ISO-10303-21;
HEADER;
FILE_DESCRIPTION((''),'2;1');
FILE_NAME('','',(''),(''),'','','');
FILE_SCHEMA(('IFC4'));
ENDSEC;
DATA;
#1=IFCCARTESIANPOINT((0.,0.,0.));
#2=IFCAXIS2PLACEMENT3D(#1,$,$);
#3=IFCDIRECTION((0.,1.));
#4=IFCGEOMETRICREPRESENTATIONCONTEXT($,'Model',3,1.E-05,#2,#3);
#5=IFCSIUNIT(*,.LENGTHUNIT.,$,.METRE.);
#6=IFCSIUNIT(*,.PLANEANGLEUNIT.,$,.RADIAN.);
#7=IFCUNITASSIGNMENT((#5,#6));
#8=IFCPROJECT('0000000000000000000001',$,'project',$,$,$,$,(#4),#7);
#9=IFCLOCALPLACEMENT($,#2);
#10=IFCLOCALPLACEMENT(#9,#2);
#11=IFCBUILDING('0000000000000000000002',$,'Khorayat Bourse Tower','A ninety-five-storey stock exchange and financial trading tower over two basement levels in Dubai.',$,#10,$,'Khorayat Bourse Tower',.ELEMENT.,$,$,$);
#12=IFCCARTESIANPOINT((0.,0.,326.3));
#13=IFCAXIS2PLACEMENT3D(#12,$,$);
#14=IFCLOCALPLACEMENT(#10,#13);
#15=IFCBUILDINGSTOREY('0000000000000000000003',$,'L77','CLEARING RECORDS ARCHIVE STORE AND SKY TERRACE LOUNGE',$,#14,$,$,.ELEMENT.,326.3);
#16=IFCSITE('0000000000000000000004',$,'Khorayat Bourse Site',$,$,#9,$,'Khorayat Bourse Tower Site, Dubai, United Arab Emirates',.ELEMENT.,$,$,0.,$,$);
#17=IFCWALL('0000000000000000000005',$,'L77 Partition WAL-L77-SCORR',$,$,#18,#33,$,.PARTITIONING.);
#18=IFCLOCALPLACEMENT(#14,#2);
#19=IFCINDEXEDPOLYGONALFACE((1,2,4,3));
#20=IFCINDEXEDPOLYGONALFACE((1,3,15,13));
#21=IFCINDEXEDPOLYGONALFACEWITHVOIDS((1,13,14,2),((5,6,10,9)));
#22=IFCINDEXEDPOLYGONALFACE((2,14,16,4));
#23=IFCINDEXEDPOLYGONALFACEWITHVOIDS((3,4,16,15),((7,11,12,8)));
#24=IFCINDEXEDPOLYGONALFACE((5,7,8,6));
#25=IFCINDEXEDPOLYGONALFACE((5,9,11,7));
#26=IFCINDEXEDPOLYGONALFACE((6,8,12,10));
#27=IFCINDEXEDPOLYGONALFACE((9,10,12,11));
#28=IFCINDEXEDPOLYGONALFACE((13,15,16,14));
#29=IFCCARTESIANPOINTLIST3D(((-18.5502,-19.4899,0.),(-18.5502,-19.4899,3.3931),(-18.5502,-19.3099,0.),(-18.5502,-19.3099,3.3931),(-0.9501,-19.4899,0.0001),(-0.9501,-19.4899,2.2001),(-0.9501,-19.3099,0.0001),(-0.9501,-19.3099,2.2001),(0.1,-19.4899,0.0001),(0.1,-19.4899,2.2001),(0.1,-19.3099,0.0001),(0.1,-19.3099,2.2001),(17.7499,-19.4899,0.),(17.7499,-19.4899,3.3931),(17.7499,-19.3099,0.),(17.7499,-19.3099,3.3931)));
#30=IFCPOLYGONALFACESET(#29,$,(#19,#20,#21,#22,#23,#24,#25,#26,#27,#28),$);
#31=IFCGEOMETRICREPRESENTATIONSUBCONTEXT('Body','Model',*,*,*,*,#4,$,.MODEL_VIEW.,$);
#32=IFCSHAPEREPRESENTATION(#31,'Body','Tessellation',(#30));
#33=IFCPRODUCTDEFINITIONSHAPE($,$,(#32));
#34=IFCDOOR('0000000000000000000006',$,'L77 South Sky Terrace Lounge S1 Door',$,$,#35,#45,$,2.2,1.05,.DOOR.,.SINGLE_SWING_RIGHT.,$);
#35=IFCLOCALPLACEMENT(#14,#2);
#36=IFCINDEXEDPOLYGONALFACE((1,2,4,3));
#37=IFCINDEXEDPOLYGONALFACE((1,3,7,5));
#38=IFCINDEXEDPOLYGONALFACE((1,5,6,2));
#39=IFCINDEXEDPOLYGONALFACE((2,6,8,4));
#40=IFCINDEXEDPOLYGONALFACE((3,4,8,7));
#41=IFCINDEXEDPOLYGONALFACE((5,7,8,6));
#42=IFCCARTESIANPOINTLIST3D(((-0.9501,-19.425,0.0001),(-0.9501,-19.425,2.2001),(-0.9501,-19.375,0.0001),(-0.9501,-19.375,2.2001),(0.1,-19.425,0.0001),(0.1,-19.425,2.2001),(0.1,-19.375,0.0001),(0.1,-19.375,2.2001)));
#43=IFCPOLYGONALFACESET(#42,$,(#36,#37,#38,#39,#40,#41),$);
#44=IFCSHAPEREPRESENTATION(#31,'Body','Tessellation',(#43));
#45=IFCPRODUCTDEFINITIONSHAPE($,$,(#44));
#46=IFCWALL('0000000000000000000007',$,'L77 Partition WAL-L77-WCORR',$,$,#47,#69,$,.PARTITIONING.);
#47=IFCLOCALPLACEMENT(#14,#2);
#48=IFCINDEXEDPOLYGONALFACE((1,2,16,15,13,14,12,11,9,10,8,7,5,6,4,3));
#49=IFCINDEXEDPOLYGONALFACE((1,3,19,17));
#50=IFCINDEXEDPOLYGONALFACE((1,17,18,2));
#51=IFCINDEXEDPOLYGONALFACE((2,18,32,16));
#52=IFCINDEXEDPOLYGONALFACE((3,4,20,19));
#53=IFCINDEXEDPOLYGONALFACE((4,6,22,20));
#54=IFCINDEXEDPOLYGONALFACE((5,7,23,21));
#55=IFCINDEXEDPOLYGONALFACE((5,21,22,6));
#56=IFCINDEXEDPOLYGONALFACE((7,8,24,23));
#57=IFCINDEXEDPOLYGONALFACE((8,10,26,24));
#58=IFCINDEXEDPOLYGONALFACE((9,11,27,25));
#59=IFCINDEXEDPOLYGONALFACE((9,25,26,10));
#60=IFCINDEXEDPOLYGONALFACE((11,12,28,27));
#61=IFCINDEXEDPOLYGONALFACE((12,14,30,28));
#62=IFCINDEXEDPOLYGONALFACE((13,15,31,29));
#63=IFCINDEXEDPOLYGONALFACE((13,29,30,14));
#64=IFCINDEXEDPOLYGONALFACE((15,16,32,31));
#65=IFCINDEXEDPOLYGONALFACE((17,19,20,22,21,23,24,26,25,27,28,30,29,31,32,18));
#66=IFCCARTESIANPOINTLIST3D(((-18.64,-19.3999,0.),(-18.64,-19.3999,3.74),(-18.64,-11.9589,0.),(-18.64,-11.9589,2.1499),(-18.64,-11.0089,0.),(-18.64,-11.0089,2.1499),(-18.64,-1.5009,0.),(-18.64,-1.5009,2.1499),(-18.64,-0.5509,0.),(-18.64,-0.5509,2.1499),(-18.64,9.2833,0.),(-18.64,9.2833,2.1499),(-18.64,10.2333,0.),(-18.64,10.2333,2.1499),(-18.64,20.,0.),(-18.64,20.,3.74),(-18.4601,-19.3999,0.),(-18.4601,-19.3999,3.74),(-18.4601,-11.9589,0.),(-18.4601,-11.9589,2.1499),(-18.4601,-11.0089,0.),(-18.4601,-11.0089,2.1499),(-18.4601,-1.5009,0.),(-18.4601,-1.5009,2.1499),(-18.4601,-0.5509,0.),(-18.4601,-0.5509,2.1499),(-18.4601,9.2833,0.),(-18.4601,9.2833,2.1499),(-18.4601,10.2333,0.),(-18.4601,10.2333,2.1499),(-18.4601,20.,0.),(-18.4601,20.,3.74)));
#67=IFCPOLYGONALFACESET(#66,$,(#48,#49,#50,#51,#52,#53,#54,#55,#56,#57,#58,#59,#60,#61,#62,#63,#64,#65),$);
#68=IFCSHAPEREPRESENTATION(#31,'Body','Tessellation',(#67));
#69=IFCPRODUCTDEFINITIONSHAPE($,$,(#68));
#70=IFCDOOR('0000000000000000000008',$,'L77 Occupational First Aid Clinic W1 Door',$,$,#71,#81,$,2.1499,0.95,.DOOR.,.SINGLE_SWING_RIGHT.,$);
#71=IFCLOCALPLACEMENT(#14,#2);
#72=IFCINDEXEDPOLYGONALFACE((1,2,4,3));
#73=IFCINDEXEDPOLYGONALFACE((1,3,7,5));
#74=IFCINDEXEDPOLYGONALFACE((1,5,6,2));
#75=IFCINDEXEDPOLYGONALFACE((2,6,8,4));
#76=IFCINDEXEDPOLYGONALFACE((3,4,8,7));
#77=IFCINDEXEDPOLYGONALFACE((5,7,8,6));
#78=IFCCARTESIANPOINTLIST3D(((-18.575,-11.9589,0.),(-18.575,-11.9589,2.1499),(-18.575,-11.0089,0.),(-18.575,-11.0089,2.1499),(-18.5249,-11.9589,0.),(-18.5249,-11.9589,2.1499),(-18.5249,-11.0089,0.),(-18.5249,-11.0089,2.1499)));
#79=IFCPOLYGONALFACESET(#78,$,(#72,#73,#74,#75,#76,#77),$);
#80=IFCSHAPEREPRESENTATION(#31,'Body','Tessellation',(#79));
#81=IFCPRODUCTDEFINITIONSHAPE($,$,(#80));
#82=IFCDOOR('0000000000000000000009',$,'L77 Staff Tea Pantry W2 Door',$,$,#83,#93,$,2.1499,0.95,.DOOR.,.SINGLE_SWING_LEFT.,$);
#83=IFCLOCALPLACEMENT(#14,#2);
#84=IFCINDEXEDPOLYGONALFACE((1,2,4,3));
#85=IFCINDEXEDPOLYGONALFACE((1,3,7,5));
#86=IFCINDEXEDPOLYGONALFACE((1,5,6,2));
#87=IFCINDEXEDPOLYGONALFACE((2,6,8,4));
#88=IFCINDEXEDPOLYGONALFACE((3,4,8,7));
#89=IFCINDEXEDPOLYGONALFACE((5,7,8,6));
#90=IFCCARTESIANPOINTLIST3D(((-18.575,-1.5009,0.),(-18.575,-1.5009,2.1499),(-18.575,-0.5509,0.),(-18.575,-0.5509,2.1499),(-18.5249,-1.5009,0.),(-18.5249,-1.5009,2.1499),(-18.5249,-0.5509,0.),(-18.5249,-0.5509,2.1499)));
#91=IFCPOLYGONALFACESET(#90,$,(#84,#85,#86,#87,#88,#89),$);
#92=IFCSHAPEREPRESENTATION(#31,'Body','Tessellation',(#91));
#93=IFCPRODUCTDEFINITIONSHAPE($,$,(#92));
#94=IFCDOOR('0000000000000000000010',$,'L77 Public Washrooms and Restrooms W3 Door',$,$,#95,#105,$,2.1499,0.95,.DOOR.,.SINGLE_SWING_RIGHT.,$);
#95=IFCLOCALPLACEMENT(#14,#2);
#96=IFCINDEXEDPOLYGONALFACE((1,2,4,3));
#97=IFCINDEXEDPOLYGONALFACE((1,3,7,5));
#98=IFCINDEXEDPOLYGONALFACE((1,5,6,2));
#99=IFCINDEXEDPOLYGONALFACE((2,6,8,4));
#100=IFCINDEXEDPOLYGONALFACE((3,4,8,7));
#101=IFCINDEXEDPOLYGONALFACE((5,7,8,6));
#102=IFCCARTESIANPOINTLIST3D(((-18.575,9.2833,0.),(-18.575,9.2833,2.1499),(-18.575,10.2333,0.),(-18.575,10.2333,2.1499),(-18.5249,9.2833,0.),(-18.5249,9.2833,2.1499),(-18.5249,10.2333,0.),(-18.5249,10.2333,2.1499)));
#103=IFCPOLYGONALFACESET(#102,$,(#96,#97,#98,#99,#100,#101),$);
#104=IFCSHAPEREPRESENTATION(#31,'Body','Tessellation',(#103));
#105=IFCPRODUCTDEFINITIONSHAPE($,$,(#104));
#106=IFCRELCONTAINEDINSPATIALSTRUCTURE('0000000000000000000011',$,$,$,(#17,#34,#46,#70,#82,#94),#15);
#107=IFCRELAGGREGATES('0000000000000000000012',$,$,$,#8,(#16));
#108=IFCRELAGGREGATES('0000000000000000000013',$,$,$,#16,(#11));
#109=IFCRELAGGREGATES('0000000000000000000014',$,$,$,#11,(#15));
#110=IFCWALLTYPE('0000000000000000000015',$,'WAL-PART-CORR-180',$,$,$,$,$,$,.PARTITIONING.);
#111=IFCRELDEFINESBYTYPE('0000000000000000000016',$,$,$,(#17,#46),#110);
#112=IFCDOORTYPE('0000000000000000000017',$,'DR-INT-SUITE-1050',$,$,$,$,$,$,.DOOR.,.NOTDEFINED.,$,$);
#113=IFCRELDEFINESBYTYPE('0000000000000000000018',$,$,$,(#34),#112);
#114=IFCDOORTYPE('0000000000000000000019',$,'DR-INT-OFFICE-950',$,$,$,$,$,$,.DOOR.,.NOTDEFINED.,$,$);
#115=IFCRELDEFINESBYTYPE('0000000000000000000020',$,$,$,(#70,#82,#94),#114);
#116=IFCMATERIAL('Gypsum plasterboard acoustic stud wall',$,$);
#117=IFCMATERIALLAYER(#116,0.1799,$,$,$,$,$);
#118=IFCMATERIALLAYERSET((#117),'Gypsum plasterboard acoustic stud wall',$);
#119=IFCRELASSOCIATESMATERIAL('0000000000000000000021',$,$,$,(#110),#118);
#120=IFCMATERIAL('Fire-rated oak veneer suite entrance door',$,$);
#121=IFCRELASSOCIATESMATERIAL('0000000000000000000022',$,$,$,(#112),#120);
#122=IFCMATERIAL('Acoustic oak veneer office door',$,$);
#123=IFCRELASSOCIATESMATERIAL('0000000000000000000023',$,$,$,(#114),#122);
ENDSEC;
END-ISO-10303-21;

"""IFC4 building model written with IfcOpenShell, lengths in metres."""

from ifc_helpers import new_model, si_unit, direction, frame, frame_2d, origin, place, context, subcontext, project, spatial, rectangle, extrude, source, transform, mapped, material, layer, layer_set, type_object, element, fill, save


model = new_model("IFC4")

# Units and contexts
model_context = context("Model", 3, precision=1e-05, world=origin(), true_north=direction((0.0, 1.0)))
body_context = subcontext(model_context, "Body", "Model", "MODEL_VIEW")
ifc_project = project(units=[si_unit("LENGTHUNIT", "METRE"), si_unit("PLANEANGLEUNIT", "RADIAN")], contexts=[model_context])

# Site, building, storey
site_placement = place(None, origin())
site = spatial("IfcSite", under=ifc_project, at=site_placement, Name="Khorayat Bourse Site", LongName="Khorayat Bourse Tower Site, Dubai, United Arab Emirates", CompositionType="ELEMENT", RefElevation=0.0)
building_placement = place(site_placement, origin())
building = spatial("IfcBuilding", under=site, at=building_placement, Name="Khorayat Bourse Tower", Description="A ninety-five-storey stock exchange and financial trading tower over two basement levels in Dubai.", LongName="Khorayat Bourse Tower", CompositionType="ELEMENT")
storey_placement = place(building_placement, frame((0.0, 0.0, 326.3)))
storey = spatial("IfcBuildingStorey", under=building, at=storey_placement, Name="L77", Description="CLEARING RECORDS ARCHIVE STORE AND SKY TERRACE LOUNGE", CompositionType="ELEMENT", Elevation=326.3)

# Shared definitions
ifc_material_1 = material(Name="Gypsum plasterboard acoustic stud wall")
ifc_layer_1 = layer(ifc_material_1, 0.1799)
ifc_layer_set_1 = layer_set([ifc_layer_1], Name="Gypsum plasterboard acoustic stud wall")
wall_type = type_object("IfcWallType", Name="WAL-PART-CORR-180", PredefinedType="PARTITIONING", material=ifc_layer_set_1)

# Wall, opening, door
shared_shape_1 = source(origin(), body_context, "Body", "SweptSolid", [
    extrude(rectangle(XDim=36.3, YDim=0.1799, at=frame_2d((18.1499, 0.0))), origin(), (0.0, 0.0, 1.0), 3.3931),
])
wall_1_placement = place(storey_placement, frame((-18.55, -19.3999, 0.0), z_axis=(0.0, 0.0, 1.0), x_axis=(1.0, 0.0, 0.0)))
wall_1 = element("IfcWall", 1, at=wall_1_placement, inside=storey, type_object=wall_type, Name="L77 Partition WAL-L77-SCORR", PredefinedType="PARTITIONING", context=body_context, shape_type="MappedRepresentation", body=[
    mapped(shared_shape_1, transform((0.0, 0.0, 0.0), scale=1.0)),
])
shared_shape_2 = source(origin(), body_context, "Body", "SweptSolid", [
    extrude(rectangle(XDim=1.05, YDim=2.2, at=frame_2d((0.5249, 1.1001))), frame((0.0, 0.0999, 0.0), z_axis=(0.0, -1.0, 0.0), x_axis=(1.0, 0.0, 0.0)), (0.0, 0.0, 1.0), 0.2),
])
opening_1_placement = place(wall_1_placement, frame((17.6001, 0.0, 0.0)))
opening_1 = element("IfcOpeningElement", 2, at=opening_1_placement, cuts=wall_1, PredefinedType="OPENING", context=body_context, shape_type="MappedRepresentation", body=[
    mapped(shared_shape_2, transform((0.0, 0.0, 0.0), scale=1.0)),
])
ifc_material_2 = material(Name="Fire-rated oak veneer suite entrance door")
door_type_1 = type_object("IfcDoorType", Name="DR-INT-SUITE-1050", OperationType="NOTDEFINED", PredefinedType="DOOR", material=ifc_material_2)
shared_shape_3 = source(origin(), body_context, "Body", "SweptSolid", [
    extrude(rectangle(XDim=1.05, YDim=2.2, at=frame_2d((0.5249, 1.1001))), frame((0.0, 0.0249, 0.0), z_axis=(0.0, -1.0, 0.0), x_axis=(1.0, 0.0, 0.0)), (0.0, 0.0, 1.0), 0.05),
])
door_1_placement = place(opening_1_placement, origin())
door_1 = element("IfcDoor", 3, at=door_1_placement, inside=storey, type_object=door_type_1, Name="L77 South Sky Terrace Lounge S1 Door", OperationType="SINGLE_SWING_RIGHT", OverallHeight=2.2, OverallWidth=1.05, PredefinedType="DOOR", context=body_context, shape_type="MappedRepresentation", body=[
    mapped(shared_shape_3, transform((0.0, 0.0, 0.0), scale=1.0)),
])
fill(opening_1, door_1)

# Wall, openings, doors
shared_shape_4 = source(origin(), body_context, "Body", "SweptSolid", [
    extrude(rectangle(XDim=39.3999, YDim=0.1799, at=frame_2d((19.7, 0.0))), origin(), (0.0, 0.0, 1.0), 3.74),
])
wall_2_placement = place(storey_placement, frame((-18.55, -19.3999, 0.0), z_axis=(0.0, 0.0, 1.0), x_axis=(0.0, 1.0, 0.0)))
wall_2 = element("IfcWall", 4, at=wall_2_placement, inside=storey, type_object=wall_type, Name="L77 Partition WAL-L77-WCORR", PredefinedType="PARTITIONING", context=body_context, shape_type="MappedRepresentation", body=[
    mapped(shared_shape_4, transform((0.0, 0.0, 0.0), scale=1.0)),
])
shared_shape_5 = source(origin(), body_context, "Body", "SweptSolid", [
    extrude(rectangle(XDim=0.95, YDim=2.1499, at=frame_2d((0.4751, 1.075))), frame((0.0, 0.0999, 0.0), z_axis=(0.0, -1.0, 0.0), x_axis=(1.0, 0.0, 0.0)), (0.0, 0.0, 1.0), 0.2),
])
opening_2_placement = place(wall_2_placement, frame((7.4409, 0.0, 0.0)))
opening_2 = element("IfcOpeningElement", 5, at=opening_2_placement, cuts=wall_2, PredefinedType="OPENING", context=body_context, shape_type="MappedRepresentation", body=[
    mapped(shared_shape_5, transform((0.0, 0.0, 0.0), scale=1.0)),
])
opening_3_placement = place(wall_2_placement, frame((17.8989, 0.0, 0.0)))
opening_3 = element("IfcOpeningElement", 6, at=opening_3_placement, cuts=wall_2, PredefinedType="OPENING", context=body_context, shape_type="MappedRepresentation", body=[
    mapped(shared_shape_5, transform((0.0, 0.0, 0.0), scale=1.0)),
])
opening_4_placement = place(wall_2_placement, frame((28.6831, 0.0, 0.0)))
opening_4 = element("IfcOpeningElement", 7, at=opening_4_placement, cuts=wall_2, PredefinedType="OPENING", context=body_context, shape_type="MappedRepresentation", body=[
    mapped(shared_shape_5, transform((0.0, 0.0, 0.0), scale=1.0)),
])
ifc_material_3 = material(Name="Acoustic oak veneer office door")
door_type_2 = type_object("IfcDoorType", Name="DR-INT-OFFICE-950", OperationType="NOTDEFINED", PredefinedType="DOOR", material=ifc_material_3)
shared_shape_6 = source(origin(), body_context, "Body", "SweptSolid", [
    extrude(rectangle(XDim=0.95, YDim=2.1499, at=frame_2d((0.4751, 1.075))), frame((0.0, 0.0249, 0.0), z_axis=(0.0, -1.0, 0.0), x_axis=(1.0, 0.0, 0.0)), (0.0, 0.0, 1.0), 0.05),
])
door_2_placement = place(opening_2_placement, origin())
door_2 = element("IfcDoor", 8, at=door_2_placement, inside=storey, type_object=door_type_2, Name="L77 Occupational First Aid Clinic W1 Door", OperationType="SINGLE_SWING_RIGHT", OverallHeight=2.1499, OverallWidth=0.95, PredefinedType="DOOR", context=body_context, shape_type="MappedRepresentation", body=[
    mapped(shared_shape_6, transform((0.0, 0.0, 0.0), scale=1.0)),
])
fill(opening_2, door_2)
door_3_placement = place(opening_3_placement, origin())
door_3 = element("IfcDoor", 9, at=door_3_placement, inside=storey, type_object=door_type_2, Name="L77 Staff Tea Pantry W2 Door", OperationType="SINGLE_SWING_LEFT", OverallHeight=2.1499, OverallWidth=0.95, PredefinedType="DOOR", context=body_context, shape_type="MappedRepresentation", body=[
    mapped(shared_shape_6, transform((0.0, 0.0, 0.0), scale=1.0)),
])
fill(opening_3, door_3)
door_4_placement = place(opening_4_placement, origin())
door_4 = element("IfcDoor", 10, at=door_4_placement, inside=storey, type_object=door_type_2, Name="L77 Public Washrooms and Restrooms W3 Door", OperationType="SINGLE_SWING_RIGHT", OverallHeight=2.1499, OverallWidth=0.95, PredefinedType="DOOR", context=body_context, shape_type="MappedRepresentation", body=[
    mapped(shared_shape_6, transform((0.0, 0.0, 0.0), scale=1.0)),
])
fill(opening_4, door_4)

save(model, "model.ifc")
